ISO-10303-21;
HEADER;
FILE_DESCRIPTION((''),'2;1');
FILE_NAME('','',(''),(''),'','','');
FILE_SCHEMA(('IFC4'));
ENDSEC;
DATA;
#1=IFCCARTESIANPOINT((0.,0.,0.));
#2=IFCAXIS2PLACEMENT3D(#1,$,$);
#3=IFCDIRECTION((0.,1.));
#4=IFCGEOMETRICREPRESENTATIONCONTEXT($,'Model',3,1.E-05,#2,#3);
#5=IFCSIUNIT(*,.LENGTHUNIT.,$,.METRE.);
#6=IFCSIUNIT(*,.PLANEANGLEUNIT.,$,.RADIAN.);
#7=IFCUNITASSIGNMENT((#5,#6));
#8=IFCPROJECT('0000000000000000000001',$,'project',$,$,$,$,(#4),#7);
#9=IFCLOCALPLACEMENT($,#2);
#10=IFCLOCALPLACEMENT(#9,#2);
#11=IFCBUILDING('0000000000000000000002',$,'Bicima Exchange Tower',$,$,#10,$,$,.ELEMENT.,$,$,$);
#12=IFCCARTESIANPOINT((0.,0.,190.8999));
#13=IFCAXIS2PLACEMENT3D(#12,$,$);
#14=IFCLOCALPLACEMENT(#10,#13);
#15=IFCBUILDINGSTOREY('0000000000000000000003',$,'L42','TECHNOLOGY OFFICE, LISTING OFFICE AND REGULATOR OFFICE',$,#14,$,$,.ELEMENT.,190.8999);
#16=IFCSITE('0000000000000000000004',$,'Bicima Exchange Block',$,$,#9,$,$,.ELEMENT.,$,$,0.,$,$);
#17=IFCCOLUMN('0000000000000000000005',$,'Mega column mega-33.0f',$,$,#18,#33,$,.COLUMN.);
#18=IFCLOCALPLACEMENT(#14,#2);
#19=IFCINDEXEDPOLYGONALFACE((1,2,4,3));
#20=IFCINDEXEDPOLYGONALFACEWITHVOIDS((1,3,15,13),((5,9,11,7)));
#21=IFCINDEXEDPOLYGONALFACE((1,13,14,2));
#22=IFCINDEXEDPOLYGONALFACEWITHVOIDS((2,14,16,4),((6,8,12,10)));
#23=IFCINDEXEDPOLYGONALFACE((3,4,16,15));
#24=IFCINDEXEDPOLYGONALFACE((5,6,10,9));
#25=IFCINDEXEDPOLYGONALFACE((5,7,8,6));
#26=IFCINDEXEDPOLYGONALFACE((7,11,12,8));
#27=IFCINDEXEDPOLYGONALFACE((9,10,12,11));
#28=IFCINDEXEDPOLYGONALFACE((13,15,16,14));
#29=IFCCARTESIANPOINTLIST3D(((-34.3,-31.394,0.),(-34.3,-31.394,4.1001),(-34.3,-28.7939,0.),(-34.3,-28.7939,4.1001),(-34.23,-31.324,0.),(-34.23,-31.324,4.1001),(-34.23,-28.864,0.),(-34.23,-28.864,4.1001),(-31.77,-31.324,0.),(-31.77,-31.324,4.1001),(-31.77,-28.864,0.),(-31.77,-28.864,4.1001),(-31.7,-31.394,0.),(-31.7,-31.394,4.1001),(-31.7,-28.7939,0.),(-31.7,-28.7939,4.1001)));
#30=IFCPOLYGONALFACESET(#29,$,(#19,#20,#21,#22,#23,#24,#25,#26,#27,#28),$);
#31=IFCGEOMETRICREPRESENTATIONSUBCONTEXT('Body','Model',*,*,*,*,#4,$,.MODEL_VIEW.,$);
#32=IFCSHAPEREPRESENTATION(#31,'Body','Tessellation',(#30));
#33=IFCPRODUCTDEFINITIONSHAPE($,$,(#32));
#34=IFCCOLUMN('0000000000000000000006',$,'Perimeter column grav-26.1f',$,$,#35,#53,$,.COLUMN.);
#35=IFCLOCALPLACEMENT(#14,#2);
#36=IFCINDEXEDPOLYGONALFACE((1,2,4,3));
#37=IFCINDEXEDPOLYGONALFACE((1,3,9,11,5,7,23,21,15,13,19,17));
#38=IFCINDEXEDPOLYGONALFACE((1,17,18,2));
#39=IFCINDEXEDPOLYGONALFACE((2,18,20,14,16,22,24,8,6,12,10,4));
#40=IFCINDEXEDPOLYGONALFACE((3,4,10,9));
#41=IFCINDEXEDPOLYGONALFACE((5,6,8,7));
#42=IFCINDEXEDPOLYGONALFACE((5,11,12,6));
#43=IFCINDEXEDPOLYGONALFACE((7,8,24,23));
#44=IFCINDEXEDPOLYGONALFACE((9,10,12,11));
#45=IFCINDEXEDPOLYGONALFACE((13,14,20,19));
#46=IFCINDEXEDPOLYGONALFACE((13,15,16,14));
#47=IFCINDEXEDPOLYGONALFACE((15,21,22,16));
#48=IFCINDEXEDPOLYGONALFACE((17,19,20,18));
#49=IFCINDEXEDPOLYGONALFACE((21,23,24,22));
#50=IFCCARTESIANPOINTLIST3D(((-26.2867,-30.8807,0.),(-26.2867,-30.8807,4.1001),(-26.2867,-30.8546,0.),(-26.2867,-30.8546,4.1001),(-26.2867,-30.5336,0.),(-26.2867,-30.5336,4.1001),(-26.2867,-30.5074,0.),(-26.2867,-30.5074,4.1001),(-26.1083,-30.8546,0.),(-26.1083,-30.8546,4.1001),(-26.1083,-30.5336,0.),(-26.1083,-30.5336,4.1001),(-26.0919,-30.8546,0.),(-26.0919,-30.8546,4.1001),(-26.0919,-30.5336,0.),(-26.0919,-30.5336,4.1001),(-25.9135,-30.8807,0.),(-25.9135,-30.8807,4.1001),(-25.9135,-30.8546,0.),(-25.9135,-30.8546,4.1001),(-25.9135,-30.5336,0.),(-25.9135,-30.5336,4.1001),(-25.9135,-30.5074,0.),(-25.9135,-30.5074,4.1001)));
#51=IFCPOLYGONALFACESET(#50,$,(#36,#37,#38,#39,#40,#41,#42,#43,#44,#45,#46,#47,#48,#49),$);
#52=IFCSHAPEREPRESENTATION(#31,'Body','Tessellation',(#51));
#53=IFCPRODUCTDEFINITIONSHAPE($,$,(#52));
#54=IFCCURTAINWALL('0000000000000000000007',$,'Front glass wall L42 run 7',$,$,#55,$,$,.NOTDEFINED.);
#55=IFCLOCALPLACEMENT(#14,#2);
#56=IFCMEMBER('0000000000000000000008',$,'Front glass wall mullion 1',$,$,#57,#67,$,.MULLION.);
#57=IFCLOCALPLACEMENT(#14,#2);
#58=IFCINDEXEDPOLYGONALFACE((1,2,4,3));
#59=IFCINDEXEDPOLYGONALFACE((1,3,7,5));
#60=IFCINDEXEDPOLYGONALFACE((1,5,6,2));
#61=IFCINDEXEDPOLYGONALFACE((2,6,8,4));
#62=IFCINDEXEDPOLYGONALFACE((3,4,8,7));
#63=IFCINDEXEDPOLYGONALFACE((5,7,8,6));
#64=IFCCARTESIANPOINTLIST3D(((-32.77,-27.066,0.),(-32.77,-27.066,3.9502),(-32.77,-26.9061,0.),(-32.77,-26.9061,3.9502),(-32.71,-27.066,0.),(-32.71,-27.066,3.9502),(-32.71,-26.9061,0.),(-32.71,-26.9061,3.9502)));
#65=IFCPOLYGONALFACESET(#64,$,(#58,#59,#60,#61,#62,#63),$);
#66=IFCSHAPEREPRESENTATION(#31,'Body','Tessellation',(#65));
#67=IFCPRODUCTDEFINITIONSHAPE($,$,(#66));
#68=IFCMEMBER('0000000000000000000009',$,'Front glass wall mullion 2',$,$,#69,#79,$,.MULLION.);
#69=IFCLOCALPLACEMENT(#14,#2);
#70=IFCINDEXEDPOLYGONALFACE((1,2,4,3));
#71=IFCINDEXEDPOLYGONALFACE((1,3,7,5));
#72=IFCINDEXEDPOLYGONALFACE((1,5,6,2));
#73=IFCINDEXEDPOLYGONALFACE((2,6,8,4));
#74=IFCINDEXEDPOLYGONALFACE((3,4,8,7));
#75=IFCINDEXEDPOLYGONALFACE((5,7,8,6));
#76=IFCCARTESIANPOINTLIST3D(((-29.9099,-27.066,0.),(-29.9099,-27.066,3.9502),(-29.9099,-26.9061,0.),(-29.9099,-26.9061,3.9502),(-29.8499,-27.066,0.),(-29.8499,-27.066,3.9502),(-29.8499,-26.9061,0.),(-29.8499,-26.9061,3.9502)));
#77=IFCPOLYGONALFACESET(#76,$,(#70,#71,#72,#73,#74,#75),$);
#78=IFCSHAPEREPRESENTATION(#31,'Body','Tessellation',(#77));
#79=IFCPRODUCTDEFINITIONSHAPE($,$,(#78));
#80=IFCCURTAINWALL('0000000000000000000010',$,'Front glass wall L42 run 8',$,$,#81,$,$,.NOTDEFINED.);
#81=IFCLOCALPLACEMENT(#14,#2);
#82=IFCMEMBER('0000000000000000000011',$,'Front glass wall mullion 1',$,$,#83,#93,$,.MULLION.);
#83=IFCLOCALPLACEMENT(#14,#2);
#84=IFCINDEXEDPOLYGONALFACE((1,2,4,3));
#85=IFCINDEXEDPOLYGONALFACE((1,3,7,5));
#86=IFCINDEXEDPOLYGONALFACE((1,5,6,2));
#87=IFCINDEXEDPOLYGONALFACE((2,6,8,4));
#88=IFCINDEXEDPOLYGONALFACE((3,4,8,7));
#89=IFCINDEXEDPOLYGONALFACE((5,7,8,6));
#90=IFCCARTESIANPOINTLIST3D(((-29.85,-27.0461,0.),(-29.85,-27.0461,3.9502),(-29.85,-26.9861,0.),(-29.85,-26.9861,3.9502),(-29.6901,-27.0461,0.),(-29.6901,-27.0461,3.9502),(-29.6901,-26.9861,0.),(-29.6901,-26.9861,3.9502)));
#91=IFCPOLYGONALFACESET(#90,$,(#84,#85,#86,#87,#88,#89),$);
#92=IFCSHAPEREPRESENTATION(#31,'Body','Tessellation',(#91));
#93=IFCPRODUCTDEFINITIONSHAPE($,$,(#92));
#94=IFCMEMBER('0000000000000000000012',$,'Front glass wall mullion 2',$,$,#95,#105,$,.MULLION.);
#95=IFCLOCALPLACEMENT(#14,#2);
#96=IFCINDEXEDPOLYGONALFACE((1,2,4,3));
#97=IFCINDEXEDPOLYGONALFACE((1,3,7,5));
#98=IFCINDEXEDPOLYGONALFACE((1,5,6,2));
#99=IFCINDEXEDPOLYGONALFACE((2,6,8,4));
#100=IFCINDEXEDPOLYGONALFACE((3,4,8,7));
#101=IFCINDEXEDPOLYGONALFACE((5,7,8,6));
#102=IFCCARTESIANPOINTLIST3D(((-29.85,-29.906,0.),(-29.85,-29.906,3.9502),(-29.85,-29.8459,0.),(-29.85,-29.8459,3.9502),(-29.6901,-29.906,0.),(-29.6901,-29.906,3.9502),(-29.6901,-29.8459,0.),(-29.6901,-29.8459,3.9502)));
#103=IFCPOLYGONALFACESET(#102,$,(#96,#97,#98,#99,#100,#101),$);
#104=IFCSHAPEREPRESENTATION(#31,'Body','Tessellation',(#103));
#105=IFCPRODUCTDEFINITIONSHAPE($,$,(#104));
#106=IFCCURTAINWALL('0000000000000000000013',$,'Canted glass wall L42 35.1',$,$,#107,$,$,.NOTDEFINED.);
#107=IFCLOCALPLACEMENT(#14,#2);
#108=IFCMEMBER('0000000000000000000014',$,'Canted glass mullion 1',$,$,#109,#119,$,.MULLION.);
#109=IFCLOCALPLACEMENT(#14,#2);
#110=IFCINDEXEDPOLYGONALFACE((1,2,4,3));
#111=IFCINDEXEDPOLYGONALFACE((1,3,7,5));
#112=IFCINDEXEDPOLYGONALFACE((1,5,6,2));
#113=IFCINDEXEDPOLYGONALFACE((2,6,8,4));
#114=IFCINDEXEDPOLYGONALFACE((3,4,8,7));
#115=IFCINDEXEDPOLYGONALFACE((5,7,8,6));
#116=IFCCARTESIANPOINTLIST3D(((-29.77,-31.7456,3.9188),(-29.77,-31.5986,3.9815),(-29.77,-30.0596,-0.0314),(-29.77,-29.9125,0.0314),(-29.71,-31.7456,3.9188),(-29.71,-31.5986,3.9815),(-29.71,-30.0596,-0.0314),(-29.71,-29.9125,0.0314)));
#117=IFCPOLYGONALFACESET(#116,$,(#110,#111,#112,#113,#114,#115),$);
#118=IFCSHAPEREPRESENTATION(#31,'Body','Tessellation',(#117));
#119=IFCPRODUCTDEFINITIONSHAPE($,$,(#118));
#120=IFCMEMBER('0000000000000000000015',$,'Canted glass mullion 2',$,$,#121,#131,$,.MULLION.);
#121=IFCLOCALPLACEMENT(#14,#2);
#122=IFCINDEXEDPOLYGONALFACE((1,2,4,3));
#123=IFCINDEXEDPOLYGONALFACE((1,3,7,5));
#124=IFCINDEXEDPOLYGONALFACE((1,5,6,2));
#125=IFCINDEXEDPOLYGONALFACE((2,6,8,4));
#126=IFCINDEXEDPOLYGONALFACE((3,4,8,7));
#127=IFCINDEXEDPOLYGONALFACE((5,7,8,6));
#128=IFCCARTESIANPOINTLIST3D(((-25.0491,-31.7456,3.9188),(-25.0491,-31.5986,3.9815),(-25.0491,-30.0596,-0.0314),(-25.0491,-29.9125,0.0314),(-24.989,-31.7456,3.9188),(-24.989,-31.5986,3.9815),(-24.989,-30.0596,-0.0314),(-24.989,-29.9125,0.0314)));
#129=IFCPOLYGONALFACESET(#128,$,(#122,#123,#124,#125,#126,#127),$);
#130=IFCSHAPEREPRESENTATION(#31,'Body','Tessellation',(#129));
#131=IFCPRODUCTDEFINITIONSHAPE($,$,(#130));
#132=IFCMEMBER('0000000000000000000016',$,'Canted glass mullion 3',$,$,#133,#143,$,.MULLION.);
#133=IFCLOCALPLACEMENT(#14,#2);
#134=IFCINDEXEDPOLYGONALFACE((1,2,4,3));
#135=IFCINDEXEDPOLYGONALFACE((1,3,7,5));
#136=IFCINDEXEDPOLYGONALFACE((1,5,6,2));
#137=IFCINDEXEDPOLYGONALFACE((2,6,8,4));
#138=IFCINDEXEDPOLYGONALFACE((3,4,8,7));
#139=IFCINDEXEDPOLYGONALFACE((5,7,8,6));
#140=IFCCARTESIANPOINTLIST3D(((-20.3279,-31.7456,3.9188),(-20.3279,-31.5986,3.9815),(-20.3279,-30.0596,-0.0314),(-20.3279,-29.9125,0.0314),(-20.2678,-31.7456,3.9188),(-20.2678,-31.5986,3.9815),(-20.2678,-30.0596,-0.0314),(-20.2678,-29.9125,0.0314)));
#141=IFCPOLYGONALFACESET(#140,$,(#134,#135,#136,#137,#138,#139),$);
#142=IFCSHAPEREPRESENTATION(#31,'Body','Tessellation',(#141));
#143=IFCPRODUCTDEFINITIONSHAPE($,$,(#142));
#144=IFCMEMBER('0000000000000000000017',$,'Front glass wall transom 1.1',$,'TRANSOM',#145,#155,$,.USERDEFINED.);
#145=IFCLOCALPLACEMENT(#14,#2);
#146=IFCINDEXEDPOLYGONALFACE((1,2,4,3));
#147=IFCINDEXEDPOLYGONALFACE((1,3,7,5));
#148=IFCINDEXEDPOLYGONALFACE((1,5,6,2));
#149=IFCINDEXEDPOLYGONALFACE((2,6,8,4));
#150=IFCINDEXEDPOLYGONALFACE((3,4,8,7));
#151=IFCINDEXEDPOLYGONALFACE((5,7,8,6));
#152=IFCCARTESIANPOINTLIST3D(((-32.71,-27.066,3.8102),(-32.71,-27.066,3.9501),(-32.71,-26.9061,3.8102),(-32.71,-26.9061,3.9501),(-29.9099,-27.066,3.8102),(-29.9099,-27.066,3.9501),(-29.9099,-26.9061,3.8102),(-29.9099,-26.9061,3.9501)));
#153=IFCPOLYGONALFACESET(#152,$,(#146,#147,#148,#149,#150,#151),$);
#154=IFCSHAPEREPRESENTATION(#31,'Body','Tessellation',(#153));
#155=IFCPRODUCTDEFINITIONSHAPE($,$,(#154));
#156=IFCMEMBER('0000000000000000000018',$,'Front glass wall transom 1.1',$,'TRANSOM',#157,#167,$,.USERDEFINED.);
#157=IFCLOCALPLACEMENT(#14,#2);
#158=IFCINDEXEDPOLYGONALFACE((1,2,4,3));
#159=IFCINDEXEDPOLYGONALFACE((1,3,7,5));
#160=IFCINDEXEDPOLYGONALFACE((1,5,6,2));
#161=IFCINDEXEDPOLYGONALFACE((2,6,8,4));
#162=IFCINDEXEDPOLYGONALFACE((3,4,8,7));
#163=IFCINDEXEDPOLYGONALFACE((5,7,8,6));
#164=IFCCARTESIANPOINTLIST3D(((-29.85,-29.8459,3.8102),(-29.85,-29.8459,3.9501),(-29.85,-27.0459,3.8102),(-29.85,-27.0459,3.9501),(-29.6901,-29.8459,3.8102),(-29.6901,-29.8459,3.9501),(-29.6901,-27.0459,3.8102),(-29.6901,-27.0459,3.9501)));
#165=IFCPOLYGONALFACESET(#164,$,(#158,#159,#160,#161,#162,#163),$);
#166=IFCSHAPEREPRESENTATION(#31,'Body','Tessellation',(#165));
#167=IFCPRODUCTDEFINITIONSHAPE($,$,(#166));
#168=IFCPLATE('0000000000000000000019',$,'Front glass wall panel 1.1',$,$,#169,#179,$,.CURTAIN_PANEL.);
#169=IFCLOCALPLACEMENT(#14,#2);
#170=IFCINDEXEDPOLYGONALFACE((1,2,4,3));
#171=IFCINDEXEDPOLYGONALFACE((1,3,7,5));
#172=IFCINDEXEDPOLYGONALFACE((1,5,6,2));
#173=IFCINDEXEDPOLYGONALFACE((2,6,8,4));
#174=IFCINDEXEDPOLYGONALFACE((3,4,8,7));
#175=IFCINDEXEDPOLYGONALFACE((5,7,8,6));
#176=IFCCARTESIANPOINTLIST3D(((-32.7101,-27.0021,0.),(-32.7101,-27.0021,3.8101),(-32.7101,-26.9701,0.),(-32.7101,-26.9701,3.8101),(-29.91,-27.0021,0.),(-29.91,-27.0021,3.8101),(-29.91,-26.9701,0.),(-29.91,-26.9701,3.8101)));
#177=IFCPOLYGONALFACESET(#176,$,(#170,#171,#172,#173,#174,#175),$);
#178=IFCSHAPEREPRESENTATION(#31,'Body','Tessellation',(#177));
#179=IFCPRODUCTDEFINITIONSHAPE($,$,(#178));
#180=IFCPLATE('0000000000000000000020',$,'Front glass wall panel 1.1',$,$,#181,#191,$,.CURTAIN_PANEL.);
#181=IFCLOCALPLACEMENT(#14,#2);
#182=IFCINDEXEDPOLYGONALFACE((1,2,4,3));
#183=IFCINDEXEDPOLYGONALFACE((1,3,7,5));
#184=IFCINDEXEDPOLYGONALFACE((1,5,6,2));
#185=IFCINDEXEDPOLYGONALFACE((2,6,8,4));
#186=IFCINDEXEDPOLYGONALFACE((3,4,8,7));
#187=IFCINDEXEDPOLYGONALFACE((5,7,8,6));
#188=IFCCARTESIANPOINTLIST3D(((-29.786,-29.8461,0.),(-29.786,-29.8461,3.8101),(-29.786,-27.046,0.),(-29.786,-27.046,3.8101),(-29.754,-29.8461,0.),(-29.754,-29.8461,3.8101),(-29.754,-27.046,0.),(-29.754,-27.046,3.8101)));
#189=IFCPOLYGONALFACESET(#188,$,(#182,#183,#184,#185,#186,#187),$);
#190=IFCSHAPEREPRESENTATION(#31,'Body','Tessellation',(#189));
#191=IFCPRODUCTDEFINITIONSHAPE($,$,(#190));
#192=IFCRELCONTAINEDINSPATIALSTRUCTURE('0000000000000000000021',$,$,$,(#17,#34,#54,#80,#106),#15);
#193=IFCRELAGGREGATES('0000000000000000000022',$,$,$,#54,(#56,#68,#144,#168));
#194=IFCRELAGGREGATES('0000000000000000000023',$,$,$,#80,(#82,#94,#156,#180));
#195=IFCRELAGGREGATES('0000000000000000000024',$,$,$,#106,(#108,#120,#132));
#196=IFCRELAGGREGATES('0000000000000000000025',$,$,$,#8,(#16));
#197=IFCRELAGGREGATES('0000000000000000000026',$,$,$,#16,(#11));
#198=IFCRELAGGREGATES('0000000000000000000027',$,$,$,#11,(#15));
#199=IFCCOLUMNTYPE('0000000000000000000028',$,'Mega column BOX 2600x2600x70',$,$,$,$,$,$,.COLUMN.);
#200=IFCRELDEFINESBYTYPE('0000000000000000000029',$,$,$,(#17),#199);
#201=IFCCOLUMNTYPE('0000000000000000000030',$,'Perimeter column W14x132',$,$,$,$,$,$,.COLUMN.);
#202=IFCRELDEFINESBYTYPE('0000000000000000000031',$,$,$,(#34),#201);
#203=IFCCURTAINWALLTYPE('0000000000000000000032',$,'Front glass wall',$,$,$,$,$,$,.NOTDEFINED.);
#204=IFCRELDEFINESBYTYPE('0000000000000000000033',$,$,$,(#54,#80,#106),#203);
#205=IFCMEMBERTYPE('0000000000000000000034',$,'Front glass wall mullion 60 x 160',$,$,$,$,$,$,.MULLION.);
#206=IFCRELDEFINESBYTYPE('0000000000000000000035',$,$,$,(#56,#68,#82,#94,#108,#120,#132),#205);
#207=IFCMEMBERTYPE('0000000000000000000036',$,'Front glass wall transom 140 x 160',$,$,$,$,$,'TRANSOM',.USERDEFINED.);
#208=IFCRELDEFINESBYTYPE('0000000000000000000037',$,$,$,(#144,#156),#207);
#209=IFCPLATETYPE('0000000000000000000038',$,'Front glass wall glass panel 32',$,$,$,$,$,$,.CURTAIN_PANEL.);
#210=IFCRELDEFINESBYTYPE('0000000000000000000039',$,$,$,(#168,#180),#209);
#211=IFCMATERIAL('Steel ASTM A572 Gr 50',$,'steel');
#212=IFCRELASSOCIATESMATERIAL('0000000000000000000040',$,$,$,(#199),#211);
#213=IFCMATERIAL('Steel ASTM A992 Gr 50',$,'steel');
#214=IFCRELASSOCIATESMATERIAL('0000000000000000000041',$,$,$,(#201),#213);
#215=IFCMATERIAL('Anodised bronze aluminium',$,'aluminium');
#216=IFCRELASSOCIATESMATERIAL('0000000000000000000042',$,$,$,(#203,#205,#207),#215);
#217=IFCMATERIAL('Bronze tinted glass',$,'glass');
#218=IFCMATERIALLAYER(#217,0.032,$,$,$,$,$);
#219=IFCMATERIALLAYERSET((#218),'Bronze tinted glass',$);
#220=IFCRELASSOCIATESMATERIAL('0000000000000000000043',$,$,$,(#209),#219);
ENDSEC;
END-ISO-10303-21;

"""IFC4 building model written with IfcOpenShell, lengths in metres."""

from ifc_helpers import new_model, si_unit, direction, frame, origin, origin_2d, place, context, subcontext, project, spatial, rectangle, hollow_rectangle, i_section, extrude, material, layer, layer_set, material_profile, profile_set, type_object, element, aggregate, save


model = new_model("IFC4")

# Units and contexts
model_context = context("Model", 3, precision=1e-05, world=origin(), true_north=direction((0.0, 1.0)))
body_context = subcontext(model_context, "Body", "Model", "MODEL_VIEW")
ifc_project = project(units=[si_unit("LENGTHUNIT", "METRE"), si_unit("PLANEANGLEUNIT", "RADIAN")], contexts=[model_context])

# Site, building, storey
site_placement = place(None, origin())
site = spatial("IfcSite", under=ifc_project, at=site_placement, Name="Bicima Exchange Block", CompositionType="ELEMENT", RefElevation=0.0)
building_placement = place(site_placement, origin())
building = spatial("IfcBuilding", under=site, at=building_placement, Name="Bicima Exchange Tower", CompositionType="ELEMENT")
storey_placement = place(building_placement, frame((0.0, 0.0, 190.8999)))
storey = spatial("IfcBuildingStorey", under=building, at=storey_placement, Name="L42", Description="TECHNOLOGY OFFICE, LISTING OFFICE AND REGULATOR OFFICE", CompositionType="ELEMENT", Elevation=190.8999)

# Columns
ifc_material_1 = material(Name="Steel ASTM A572 Gr 50", Category="steel")
ifc_material_profile_1 = material_profile(ifc_material_1, hollow_rectangle(XDim=2.6001, YDim=2.6001, WallThickness=0.0701, at=origin_2d()))
ifc_profile_set_1 = profile_set([ifc_material_profile_1], Name="Steel ASTM A572 Gr 50")
column_type_1 = type_object("IfcColumnType", Name="Mega column BOX 2600x2600x70", PredefinedType="COLUMN", material=ifc_profile_set_1)
column_1_placement = place(storey_placement, frame((-33.0, -30.094, 0.0), z_axis=(0.0, 0.0, 1.0), x_axis=(1.0, 0.0, 0.0)))
element("IfcColumn", 1, at=column_1_placement, inside=storey, type_object=column_type_1, Name="Mega column mega-33.0f", PredefinedType="COLUMN", context=body_context, shape_type="SweptSolid", body=[
    extrude(hollow_rectangle(XDim=2.6001, YDim=2.6001, WallThickness=0.0701, at=origin_2d()), origin(), (0.0, 0.0, 1.0), 4.1001),
])
ifc_material_2 = material(Name="Steel ASTM A992 Gr 50", Category="steel")
ifc_material_profile_2 = material_profile(ifc_material_2, i_section(OverallWidth=0.3733, OverallDepth=0.3733, WebThickness=0.0164, FlangeThickness=0.0261, at=origin_2d()))
ifc_profile_set_2 = profile_set([ifc_material_profile_2], Name="Steel ASTM A992 Gr 50")
column_type_2 = type_object("IfcColumnType", Name="Perimeter column W14x132", PredefinedType="COLUMN", material=ifc_profile_set_2)
column_2_placement = place(storey_placement, frame((-26.1001, -30.6941, 0.0), z_axis=(0.0, 0.0, 1.0), x_axis=(1.0, 0.0, 0.0)))
element("IfcColumn", 2, at=column_2_placement, inside=storey, type_object=column_type_2, Name="Perimeter column grav-26.1f", PredefinedType="COLUMN", context=body_context, shape_type="SweptSolid", body=[
    extrude(i_section(OverallWidth=0.3733, OverallDepth=0.3733, WebThickness=0.0164, FlangeThickness=0.0261, at=origin_2d()), origin(), (0.0, 0.0, 1.0), 4.1001),
])

# Curtain walls, members
ifc_material_3 = material(Name="Anodised bronze aluminium", Category="aluminium")
curtain_wall_type = type_object("IfcCurtainWallType", Name="Front glass wall", PredefinedType="NOTDEFINED", material=ifc_material_3)
curtain_wall_1_placement = place(storey_placement, origin())
curtain_wall_1 = element("IfcCurtainWall", 3, at=curtain_wall_1_placement, inside=storey, type_object=curtain_wall_type, Name="Front glass wall L42 run 7", PredefinedType="NOTDEFINED")
ifc_material_profile_3 = material_profile(ifc_material_3, rectangle(XDim=0.1599, YDim=0.0601, at=origin_2d()))
ifc_profile_set_3 = profile_set([ifc_material_profile_3], Name="Anodised bronze aluminium")
member_type_1 = type_object("IfcMemberType", Name="Front glass wall mullion 60 x 160", PredefinedType="MULLION", material=ifc_profile_set_3)
member_1_placement = place(storey_placement, frame((-32.74, -26.9861, 0.0), z_axis=(0.0, 0.0, 1.0), x_axis=(0.0, 1.0, 0.0)))
member_1 = element("IfcMember", 4, at=member_1_placement, type_object=member_type_1, Name="Front glass wall mullion 1", PredefinedType="MULLION", context=body_context, shape_type="SweptSolid", body=[
    extrude(rectangle(XDim=0.1599, YDim=0.0601, at=origin_2d()), origin(), (0.0, 0.0, 1.0), 3.9502),
])
member_2_placement = place(storey_placement, frame((-29.8799, -26.9861, 0.0), z_axis=(0.0, 0.0, 1.0), x_axis=(0.0, 1.0, 0.0)))
member_2 = element("IfcMember", 5, at=member_2_placement, type_object=member_type_1, Name="Front glass wall mullion 2", PredefinedType="MULLION", context=body_context, shape_type="SweptSolid", body=[
    extrude(rectangle(XDim=0.1599, YDim=0.0601, at=origin_2d()), origin(), (0.0, 0.0, 1.0), 3.9502),
])
curtain_wall_2_placement = place(storey_placement, origin())
curtain_wall_2 = element("IfcCurtainWall", 6, at=curtain_wall_2_placement, inside=storey, type_object=curtain_wall_type, Name="Front glass wall L42 run 8", PredefinedType="NOTDEFINED")
member_3_placement = place(storey_placement, frame((-29.77, -27.0161, 0.0), z_axis=(0.0, 0.0, 1.0), x_axis=(1.0, 0.0, 0.0)))
member_3 = element("IfcMember", 7, at=member_3_placement, type_object=member_type_1, Name="Front glass wall mullion 1", PredefinedType="MULLION", context=body_context, shape_type="SweptSolid", body=[
    extrude(rectangle(XDim=0.1599, YDim=0.0601, at=origin_2d()), origin(), (0.0, 0.0, 1.0), 3.9502),
])
member_4_placement = place(storey_placement, frame((-29.77, -29.876, 0.0), z_axis=(0.0, 0.0, 1.0), x_axis=(1.0, 0.0, 0.0)))
member_4 = element("IfcMember", 8, at=member_4_placement, type_object=member_type_1, Name="Front glass wall mullion 2", PredefinedType="MULLION", context=body_context, shape_type="SweptSolid", body=[
    extrude(rectangle(XDim=0.1599, YDim=0.0601, at=origin_2d()), origin(), (0.0, 0.0, 1.0), 3.9502),
])
curtain_wall_3_placement = place(storey_placement, origin())
curtain_wall_3 = element("IfcCurtainWall", 9, at=curtain_wall_3_placement, inside=storey, type_object=curtain_wall_type, Name="Canted glass wall L42 35.1", PredefinedType="NOTDEFINED")
member_5_placement = place(storey_placement, frame((-29.74, -29.9861, 0.0), z_axis=(0.0, -0.392561, 0.919726), x_axis=(0.0, 0.919726, 0.392561)))
member_5 = element("IfcMember", 10, at=member_5_placement, type_object=member_type_1, Name="Canted glass mullion 1", PredefinedType="MULLION", context=body_context, shape_type="SweptSolid", body=[
    extrude(rectangle(XDim=0.1599, YDim=0.0601, at=origin_2d()), origin(), (0.0, 0.0, 1.0), 4.2949),
])
member_6_placement = place(storey_placement, frame((-25.019, -29.9861, 0.0), z_axis=(0.0, -0.392561, 0.919726), x_axis=(0.0, 0.919726, 0.392561)))
member_6 = element("IfcMember", 11, at=member_6_placement, type_object=member_type_1, Name="Canted glass mullion 2", PredefinedType="MULLION", context=body_context, shape_type="SweptSolid", body=[
    extrude(rectangle(XDim=0.1599, YDim=0.0601, at=origin_2d()), origin(), (0.0, 0.0, 1.0), 4.2949),
])
member_7_placement = place(storey_placement, frame((-20.2979, -29.9861, 0.0), z_axis=(0.0, -0.392561, 0.919726), x_axis=(0.0, 0.919726, 0.392561)))
member_7 = element("IfcMember", 12, at=member_7_placement, type_object=member_type_1, Name="Canted glass mullion 3", PredefinedType="MULLION", context=body_context, shape_type="SweptSolid", body=[
    extrude(rectangle(XDim=0.1599, YDim=0.0601, at=origin_2d()), origin(), (0.0, 0.0, 1.0), 4.2949),
])

# Members
ifc_material_profile_4 = material_profile(ifc_material_3, rectangle(XDim=0.1599, YDim=0.1399, at=origin_2d()))
ifc_profile_set_4 = profile_set([ifc_material_profile_4], Name="Anodised bronze aluminium")
member_type_2 = type_object("IfcMemberType", Name="Front glass wall transom 140 x 160", ElementType="TRANSOM", PredefinedType="USERDEFINED", material=ifc_profile_set_4)
member_8_placement = place(storey_placement, frame((-32.71, -26.9861, 3.8801), z_axis=(1.0, 0.0, 0.0), x_axis=(0.0, 1.0, 0.0)))
member_8 = element("IfcMember", 13, at=member_8_placement, type_object=member_type_2, Name="Front glass wall transom 1.1", ObjectType="TRANSOM", PredefinedType="USERDEFINED", context=body_context, shape_type="SweptSolid", body=[
    extrude(rectangle(XDim=0.1599, YDim=0.1399, at=origin_2d()), origin(), (0.0, 0.0, 1.0), 2.8),
])
member_9_placement = place(storey_placement, frame((-29.77, -27.0459, 3.8801), z_axis=(0.0, -1.0, 0.0), x_axis=(1.0, 0.0, 0.0)))
member_9 = element("IfcMember", 14, at=member_9_placement, type_object=member_type_2, Name="Front glass wall transom 1.1", ObjectType="TRANSOM", PredefinedType="USERDEFINED", context=body_context, shape_type="SweptSolid", body=[
    extrude(rectangle(XDim=0.1599, YDim=0.1399, at=origin_2d()), origin(), (0.0, 0.0, 1.0), 2.8),
])

# Plates
ifc_material_4 = material(Name="Bronze tinted glass", Category="glass")
ifc_layer_1 = layer(ifc_material_4, 0.032)
ifc_layer_set_1 = layer_set([ifc_layer_1], Name="Bronze tinted glass")
plate_type_1 = type_object("IfcPlateType", Name="Front glass wall glass panel 32", PredefinedType="CURTAIN_PANEL", material=ifc_layer_set_1)
plate_1_placement = place(storey_placement, frame((-31.3101, -26.9861, 0.0), z_axis=(0.0, 0.0, 1.0), x_axis=(1.0, 0.0, 0.0)))
plate_1 = element("IfcPlate", 15, at=plate_1_placement, type_object=plate_type_1, Name="Front glass wall panel 1.1", PredefinedType="CURTAIN_PANEL", context=body_context, shape_type="SweptSolid", body=[
    extrude(rectangle(XDim=2.8, YDim=0.032, at=origin_2d()), origin(), (0.0, 0.0, 1.0), 3.8101),
])
aggregate(curtain_wall_1, [member_1, member_2, member_8, plate_1])
plate_2_placement = place(storey_placement, frame((-29.77, -28.446, 0.0), z_axis=(0.0, 0.0, 1.0), x_axis=(0.0, -1.0, 0.0)))
plate_2 = element("IfcPlate", 16, at=plate_2_placement, type_object=plate_type_1, Name="Front glass wall panel 1.1", PredefinedType="CURTAIN_PANEL", context=body_context, shape_type="SweptSolid", body=[
    extrude(rectangle(XDim=2.8, YDim=0.032, at=origin_2d()), origin(), (0.0, 0.0, 1.0), 3.8101),
])
aggregate(curtain_wall_2, [member_3, member_4, member_9, plate_2])
aggregate(curtain_wall_3, [member_5, member_6, member_7])

save(model, "model.ifc")
